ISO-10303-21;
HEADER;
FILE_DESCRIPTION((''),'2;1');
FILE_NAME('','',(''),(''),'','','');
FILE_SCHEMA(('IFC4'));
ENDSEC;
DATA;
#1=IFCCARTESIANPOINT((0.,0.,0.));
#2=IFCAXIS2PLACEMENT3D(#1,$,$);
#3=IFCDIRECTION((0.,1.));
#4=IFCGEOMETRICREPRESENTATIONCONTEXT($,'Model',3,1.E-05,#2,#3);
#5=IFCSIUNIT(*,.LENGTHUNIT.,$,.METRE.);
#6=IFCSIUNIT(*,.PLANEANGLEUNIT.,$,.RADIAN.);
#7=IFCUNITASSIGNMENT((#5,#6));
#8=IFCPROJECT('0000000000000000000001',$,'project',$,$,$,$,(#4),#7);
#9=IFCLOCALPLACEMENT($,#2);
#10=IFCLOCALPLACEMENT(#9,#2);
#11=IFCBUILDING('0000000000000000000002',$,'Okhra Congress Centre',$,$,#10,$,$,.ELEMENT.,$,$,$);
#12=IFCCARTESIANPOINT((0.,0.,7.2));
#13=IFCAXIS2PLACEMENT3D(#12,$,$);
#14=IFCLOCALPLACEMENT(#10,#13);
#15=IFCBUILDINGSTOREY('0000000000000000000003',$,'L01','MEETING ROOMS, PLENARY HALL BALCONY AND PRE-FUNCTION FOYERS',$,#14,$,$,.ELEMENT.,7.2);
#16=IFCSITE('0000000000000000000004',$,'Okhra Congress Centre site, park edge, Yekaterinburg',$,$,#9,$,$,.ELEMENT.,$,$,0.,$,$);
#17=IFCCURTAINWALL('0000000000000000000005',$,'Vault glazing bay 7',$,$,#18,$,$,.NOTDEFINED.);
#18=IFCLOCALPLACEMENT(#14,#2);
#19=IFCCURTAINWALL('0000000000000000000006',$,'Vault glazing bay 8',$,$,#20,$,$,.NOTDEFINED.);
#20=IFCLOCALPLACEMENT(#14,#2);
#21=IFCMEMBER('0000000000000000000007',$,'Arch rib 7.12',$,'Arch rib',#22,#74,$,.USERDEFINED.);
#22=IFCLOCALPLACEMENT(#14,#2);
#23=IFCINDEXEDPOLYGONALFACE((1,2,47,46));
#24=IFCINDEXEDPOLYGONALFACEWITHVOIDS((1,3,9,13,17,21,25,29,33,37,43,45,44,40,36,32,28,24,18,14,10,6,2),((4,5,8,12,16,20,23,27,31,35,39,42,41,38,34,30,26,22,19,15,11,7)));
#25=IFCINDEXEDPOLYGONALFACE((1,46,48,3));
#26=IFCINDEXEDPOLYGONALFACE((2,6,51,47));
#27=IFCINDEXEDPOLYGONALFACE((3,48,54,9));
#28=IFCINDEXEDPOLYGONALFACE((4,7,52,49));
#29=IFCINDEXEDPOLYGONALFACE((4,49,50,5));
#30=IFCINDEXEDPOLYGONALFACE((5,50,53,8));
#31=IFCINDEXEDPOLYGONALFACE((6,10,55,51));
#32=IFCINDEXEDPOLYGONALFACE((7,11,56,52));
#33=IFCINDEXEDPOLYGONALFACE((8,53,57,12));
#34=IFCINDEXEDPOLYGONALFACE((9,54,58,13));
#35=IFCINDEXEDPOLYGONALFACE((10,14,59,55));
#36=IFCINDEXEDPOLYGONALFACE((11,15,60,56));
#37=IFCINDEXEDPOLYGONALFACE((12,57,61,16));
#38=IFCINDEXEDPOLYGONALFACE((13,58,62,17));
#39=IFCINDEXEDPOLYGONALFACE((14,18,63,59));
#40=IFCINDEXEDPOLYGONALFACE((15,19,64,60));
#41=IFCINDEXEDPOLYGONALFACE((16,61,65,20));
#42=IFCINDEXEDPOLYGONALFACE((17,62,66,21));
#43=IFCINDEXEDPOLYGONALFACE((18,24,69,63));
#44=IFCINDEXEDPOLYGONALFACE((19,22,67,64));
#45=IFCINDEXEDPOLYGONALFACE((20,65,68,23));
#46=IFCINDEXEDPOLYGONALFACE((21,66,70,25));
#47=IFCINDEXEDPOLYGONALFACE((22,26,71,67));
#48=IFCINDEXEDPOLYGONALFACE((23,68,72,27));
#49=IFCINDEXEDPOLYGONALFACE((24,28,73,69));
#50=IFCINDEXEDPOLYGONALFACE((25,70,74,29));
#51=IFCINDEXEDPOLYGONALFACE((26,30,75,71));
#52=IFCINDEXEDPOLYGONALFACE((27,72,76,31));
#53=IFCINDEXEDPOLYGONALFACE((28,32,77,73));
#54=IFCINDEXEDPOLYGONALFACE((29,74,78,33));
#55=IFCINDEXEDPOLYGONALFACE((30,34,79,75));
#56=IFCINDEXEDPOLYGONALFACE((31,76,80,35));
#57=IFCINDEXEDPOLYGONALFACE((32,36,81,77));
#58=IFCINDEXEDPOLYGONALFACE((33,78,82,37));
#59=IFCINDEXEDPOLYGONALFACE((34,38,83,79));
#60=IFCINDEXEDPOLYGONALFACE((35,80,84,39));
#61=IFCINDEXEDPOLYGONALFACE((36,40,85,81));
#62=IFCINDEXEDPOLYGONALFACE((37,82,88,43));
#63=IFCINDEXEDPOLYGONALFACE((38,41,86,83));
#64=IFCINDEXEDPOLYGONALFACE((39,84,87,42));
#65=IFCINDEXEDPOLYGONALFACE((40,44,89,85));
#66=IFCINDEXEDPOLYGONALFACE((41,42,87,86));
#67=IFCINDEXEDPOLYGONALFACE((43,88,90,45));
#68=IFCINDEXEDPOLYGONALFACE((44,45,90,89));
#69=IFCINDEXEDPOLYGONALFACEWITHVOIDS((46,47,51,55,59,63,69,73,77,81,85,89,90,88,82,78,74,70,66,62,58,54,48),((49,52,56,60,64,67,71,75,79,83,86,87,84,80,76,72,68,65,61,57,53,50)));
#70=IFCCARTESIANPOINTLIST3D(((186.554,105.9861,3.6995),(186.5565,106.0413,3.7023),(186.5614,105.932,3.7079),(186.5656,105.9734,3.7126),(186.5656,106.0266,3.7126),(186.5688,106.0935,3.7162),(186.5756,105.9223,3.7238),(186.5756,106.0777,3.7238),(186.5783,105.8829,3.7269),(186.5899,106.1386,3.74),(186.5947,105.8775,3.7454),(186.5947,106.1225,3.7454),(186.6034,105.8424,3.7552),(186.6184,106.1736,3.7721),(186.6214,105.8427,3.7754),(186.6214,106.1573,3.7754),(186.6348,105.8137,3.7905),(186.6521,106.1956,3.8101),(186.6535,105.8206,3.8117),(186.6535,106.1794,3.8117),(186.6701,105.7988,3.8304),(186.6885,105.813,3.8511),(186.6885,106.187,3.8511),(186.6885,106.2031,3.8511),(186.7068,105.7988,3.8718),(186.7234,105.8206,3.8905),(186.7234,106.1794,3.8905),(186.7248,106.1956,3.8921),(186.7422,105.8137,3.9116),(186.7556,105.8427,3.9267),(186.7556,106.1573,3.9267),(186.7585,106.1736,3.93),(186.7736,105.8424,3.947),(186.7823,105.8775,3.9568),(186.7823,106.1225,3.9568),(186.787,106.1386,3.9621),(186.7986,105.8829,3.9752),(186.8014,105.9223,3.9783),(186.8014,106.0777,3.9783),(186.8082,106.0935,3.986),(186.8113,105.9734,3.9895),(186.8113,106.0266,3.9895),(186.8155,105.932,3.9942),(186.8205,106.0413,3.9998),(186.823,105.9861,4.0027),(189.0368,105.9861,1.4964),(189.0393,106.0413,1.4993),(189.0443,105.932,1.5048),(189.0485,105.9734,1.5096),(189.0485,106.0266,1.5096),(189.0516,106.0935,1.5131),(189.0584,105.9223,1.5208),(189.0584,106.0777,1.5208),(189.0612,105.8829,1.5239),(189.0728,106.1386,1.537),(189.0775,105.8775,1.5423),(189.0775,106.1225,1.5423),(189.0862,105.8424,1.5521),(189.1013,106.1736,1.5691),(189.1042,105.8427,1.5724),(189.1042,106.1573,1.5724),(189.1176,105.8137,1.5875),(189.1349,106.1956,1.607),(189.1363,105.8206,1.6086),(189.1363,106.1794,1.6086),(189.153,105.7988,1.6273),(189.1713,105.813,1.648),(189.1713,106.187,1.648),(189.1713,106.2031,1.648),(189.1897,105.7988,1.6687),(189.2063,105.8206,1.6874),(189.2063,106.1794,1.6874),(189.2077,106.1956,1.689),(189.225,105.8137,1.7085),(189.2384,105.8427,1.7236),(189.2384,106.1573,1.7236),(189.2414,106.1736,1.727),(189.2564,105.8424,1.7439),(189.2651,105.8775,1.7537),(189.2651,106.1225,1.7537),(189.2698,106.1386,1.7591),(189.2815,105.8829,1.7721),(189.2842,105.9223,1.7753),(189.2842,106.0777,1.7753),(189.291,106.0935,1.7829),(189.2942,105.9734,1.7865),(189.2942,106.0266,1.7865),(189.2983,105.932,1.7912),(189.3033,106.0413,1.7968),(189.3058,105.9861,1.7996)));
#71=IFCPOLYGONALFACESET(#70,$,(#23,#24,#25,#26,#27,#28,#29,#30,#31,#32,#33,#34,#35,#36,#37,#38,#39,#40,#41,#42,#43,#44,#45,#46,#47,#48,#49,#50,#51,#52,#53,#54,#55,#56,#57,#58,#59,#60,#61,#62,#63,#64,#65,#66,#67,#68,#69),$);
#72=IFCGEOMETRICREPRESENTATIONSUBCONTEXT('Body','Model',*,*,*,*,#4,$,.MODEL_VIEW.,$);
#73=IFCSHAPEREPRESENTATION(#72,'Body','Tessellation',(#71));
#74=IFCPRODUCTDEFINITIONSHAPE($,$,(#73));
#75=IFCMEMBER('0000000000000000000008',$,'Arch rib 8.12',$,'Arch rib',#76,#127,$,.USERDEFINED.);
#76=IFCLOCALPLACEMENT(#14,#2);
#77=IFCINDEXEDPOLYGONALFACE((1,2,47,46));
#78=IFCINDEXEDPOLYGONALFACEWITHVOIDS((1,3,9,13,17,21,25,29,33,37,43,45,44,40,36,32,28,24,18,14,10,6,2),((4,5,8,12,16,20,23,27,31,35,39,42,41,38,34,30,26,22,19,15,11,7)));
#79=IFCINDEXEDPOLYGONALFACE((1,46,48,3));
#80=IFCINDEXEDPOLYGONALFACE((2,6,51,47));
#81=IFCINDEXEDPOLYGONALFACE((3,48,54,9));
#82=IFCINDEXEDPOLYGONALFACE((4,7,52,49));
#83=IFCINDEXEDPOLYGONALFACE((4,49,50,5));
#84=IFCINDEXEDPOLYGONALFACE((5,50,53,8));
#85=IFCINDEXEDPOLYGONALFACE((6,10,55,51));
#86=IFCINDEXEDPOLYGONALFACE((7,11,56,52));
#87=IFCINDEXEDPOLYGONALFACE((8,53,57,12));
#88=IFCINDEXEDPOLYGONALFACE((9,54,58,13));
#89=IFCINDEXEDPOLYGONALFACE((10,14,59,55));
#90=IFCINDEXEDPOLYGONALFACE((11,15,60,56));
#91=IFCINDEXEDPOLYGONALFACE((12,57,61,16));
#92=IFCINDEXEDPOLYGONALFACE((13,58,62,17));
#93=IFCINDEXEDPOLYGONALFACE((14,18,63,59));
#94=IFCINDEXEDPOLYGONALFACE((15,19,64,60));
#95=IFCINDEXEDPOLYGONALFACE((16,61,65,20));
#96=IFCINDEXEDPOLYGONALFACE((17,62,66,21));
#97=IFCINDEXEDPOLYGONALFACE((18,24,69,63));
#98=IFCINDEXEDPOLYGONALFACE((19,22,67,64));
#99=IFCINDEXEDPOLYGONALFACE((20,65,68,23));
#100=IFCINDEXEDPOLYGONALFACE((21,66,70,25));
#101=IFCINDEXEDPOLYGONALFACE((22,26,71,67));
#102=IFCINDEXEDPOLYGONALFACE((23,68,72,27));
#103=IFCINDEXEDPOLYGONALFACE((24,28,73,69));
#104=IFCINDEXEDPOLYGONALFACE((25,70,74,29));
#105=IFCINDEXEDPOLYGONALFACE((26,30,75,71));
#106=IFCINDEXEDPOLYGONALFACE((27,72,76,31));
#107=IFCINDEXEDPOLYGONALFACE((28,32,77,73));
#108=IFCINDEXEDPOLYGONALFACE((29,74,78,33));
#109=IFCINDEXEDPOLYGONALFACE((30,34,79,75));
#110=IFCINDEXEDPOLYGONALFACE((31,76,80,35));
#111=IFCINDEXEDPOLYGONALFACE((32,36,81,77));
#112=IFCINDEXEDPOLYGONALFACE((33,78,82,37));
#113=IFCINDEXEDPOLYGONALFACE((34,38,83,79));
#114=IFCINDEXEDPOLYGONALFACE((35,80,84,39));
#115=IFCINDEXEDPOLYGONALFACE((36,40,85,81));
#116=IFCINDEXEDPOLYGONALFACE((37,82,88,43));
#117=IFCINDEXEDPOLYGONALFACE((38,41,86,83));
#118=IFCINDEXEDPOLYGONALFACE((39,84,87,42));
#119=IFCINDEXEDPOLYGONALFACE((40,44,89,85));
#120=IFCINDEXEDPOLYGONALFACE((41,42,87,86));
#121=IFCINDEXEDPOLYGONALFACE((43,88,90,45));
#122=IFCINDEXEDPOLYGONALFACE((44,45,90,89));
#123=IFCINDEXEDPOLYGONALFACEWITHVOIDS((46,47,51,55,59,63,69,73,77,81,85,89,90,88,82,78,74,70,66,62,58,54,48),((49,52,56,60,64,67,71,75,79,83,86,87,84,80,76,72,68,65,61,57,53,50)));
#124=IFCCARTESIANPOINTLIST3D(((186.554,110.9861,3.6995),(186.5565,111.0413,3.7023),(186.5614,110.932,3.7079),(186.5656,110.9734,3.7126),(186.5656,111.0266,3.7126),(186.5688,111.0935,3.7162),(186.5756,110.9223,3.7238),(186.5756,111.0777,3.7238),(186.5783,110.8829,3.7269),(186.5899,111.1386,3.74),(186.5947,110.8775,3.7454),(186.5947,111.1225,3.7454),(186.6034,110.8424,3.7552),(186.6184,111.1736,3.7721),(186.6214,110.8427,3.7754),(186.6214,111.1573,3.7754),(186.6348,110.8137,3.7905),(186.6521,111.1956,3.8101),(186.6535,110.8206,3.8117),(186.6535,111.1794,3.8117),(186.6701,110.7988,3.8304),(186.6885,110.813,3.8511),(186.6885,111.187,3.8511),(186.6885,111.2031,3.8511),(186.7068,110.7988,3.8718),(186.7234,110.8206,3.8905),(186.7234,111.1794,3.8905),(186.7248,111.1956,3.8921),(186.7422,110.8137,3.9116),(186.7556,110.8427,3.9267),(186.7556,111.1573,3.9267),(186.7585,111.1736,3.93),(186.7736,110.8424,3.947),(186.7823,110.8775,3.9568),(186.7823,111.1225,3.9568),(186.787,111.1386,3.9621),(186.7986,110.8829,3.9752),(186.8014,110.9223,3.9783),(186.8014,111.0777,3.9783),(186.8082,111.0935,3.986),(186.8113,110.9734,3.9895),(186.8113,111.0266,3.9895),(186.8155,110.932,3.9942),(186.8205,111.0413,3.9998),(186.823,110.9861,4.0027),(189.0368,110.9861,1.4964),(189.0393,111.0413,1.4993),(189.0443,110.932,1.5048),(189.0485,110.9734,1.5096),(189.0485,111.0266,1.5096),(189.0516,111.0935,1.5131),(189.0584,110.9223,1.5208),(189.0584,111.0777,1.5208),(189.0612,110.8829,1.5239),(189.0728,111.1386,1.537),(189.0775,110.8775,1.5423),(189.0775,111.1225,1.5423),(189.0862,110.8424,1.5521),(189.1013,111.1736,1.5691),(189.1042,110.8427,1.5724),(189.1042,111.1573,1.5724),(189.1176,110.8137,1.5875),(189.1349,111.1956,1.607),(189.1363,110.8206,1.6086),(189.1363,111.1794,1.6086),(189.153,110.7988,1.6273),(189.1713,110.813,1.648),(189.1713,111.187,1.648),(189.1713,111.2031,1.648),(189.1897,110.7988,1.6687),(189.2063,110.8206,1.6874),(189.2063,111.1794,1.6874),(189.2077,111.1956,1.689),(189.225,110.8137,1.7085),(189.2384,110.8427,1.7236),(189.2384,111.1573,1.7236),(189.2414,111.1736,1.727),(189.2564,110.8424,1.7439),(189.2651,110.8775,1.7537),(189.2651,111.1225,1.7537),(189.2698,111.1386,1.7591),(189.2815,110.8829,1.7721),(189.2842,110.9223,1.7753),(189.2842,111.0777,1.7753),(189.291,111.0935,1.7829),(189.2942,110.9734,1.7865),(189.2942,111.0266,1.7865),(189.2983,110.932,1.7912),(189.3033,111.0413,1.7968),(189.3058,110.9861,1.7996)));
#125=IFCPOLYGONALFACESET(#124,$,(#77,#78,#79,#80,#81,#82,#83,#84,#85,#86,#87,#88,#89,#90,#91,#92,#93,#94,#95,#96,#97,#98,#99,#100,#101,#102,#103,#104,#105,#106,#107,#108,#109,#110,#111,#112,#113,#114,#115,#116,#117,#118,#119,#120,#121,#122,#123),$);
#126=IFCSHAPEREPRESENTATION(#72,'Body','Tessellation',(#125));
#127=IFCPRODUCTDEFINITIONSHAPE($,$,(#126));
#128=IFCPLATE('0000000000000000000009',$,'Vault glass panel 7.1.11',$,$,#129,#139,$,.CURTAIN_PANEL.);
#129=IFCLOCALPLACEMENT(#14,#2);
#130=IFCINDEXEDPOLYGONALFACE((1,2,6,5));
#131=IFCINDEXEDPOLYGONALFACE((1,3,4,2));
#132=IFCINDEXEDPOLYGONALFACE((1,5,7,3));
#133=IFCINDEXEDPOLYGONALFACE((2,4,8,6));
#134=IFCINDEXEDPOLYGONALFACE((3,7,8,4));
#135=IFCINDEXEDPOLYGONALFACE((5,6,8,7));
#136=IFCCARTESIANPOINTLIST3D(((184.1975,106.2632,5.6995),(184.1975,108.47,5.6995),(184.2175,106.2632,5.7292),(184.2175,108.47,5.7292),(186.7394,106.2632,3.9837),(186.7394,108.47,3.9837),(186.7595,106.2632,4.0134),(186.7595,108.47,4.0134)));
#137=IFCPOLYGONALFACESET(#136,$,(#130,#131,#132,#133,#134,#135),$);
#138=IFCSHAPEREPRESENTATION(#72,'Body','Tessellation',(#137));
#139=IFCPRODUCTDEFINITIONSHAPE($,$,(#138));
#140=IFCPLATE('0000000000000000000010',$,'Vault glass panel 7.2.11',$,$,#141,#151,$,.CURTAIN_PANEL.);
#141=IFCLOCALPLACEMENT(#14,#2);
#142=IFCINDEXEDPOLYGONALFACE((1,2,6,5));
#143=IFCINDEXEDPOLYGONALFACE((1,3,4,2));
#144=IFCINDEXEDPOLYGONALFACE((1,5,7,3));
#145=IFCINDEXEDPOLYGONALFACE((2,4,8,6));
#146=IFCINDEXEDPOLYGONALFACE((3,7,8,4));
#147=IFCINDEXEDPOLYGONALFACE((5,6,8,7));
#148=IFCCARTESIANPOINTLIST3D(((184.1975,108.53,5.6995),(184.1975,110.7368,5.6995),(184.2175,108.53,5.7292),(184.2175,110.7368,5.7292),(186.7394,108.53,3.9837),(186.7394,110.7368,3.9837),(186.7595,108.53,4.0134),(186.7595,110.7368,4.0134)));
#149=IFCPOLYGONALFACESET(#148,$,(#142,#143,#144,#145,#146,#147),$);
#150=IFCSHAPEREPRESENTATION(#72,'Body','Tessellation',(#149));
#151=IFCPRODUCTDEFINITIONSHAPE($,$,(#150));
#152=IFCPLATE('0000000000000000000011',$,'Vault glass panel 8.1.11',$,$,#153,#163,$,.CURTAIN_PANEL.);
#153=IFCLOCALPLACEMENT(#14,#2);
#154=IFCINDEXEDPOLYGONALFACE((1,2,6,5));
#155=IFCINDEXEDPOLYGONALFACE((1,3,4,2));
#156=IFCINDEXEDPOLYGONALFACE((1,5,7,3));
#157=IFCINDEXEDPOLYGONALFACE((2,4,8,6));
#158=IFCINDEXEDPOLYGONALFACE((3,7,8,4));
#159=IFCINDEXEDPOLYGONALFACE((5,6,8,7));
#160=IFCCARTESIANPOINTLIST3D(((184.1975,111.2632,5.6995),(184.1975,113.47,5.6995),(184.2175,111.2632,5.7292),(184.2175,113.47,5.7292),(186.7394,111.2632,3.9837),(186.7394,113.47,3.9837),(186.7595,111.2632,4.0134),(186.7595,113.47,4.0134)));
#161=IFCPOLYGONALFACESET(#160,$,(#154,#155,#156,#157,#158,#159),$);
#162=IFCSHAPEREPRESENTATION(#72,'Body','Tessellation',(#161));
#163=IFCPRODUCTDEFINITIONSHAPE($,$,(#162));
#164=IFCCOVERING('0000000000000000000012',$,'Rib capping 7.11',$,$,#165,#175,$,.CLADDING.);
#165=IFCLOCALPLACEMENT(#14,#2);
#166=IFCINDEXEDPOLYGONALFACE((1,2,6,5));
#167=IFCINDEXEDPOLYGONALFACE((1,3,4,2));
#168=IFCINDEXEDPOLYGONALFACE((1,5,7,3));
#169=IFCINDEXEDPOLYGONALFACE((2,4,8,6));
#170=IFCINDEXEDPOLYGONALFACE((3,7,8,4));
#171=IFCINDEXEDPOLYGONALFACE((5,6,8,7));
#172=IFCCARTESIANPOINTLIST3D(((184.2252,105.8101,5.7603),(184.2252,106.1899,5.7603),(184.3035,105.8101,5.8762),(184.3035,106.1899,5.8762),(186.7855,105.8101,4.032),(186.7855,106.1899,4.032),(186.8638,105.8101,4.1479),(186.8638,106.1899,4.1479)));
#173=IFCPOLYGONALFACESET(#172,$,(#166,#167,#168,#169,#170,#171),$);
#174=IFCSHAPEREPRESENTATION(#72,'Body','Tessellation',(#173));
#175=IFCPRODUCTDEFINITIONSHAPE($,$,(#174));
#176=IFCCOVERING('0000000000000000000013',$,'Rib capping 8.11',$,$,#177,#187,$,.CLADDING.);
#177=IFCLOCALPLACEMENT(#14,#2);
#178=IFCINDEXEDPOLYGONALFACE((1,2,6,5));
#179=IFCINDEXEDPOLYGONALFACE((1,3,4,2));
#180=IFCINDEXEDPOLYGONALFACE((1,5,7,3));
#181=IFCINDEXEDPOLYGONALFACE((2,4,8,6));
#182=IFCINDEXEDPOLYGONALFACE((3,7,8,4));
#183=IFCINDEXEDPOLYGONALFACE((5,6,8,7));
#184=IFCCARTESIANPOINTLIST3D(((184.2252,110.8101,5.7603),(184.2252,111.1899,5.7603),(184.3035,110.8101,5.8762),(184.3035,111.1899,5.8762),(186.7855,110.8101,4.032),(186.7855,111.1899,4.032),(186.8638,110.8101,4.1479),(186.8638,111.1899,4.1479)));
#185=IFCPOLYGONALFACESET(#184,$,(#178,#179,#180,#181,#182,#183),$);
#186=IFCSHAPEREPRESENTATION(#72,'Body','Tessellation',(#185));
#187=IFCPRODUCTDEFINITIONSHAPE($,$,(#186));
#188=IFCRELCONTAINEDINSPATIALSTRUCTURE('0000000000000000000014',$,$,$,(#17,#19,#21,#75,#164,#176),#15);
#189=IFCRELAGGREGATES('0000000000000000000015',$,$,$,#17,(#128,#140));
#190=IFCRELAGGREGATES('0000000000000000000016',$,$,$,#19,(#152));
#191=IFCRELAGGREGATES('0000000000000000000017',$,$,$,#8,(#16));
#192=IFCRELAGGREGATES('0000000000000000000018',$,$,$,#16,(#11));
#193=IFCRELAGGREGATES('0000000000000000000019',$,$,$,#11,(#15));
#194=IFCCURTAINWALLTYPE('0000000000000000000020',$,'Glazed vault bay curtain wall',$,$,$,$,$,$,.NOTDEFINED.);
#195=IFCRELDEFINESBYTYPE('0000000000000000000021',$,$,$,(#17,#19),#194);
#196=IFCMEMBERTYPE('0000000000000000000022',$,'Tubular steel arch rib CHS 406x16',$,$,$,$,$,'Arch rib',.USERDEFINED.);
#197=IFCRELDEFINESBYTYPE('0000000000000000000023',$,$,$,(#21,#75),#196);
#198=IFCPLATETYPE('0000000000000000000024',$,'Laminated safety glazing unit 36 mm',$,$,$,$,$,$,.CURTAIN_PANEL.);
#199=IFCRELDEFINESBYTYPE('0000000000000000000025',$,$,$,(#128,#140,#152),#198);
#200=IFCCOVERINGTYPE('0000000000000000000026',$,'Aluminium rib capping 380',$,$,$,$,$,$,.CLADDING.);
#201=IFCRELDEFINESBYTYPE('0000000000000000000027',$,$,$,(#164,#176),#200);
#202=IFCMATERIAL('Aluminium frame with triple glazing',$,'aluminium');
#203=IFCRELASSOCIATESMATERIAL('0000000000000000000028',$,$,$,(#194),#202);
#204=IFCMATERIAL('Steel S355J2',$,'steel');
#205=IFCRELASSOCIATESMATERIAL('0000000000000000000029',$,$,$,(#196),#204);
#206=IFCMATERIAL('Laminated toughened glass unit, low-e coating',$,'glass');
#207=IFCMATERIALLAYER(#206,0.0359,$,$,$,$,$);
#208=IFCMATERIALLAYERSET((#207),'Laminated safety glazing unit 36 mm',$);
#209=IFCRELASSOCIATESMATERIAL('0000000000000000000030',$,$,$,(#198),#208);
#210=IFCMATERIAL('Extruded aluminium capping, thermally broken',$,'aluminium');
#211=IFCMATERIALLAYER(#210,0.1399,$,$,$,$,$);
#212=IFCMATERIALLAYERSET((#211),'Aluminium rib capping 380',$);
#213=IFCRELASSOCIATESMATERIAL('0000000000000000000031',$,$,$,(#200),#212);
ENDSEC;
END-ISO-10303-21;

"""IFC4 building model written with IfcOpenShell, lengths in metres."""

from ifc_helpers import new_model, si_unit, direction, frame, origin, origin_2d, place, context, subcontext, project, spatial, polyline, hollow_circle, outline, extrude, material, layer, layer_set, material_profile, profile_set, type_object, element, aggregate, save


model = new_model("IFC4")

# Units and contexts
model_context = context("Model", 3, precision=1e-05, world=origin(), true_north=direction((0.0, 1.0)))
body_context = subcontext(model_context, "Body", "Model", "MODEL_VIEW")
ifc_project = project(units=[si_unit("LENGTHUNIT", "METRE"), si_unit("PLANEANGLEUNIT", "RADIAN")], contexts=[model_context])

# Site, building, storey
site_placement = place(None, origin())
site = spatial("IfcSite", under=ifc_project, at=site_placement, Name="Okhra Congress Centre site, park edge, Yekaterinburg", CompositionType="ELEMENT", RefElevation=0.0)
building_placement = place(site_placement, origin())
building = spatial("IfcBuilding", under=site, at=building_placement, Name="Okhra Congress Centre", CompositionType="ELEMENT")
storey_placement = place(building_placement, frame((0.0, 0.0, 7.2)))
storey = spatial("IfcBuildingStorey", under=building, at=storey_placement, Name="L01", Description="MEETING ROOMS, PLENARY HALL BALCONY AND PRE-FUNCTION FOYERS", CompositionType="ELEMENT", Elevation=7.2)

# Shared definitions
ifc_material_1 = material(Name="Aluminium frame with triple glazing", Category="aluminium")
curtain_wall_type = type_object("IfcCurtainWallType", Name="Glazed vault bay curtain wall", PredefinedType="NOTDEFINED", material=ifc_material_1)

# Curtain walls
curtain_wall_1_placement = place(storey_placement, origin())
curtain_wall_1 = element("IfcCurtainWall", 1, at=curtain_wall_1_placement, inside=storey, type_object=curtain_wall_type, Name="Vault glazing bay 7", PredefinedType="NOTDEFINED")
curtain_wall_2_placement = place(storey_placement, origin())
curtain_wall_2 = element("IfcCurtainWall", 2, at=curtain_wall_2_placement, inside=storey, type_object=curtain_wall_type, Name="Vault glazing bay 8", PredefinedType="NOTDEFINED")

# Members
ifc_material_2 = material(Name="Steel S355J2", Category="steel")
ifc_material_profile_1 = material_profile(ifc_material_2, hollow_circle(Radius=0.2031, WallThickness=0.0161, at=origin_2d()), Name="CHS 406.4x16")
ifc_profile_set_1 = profile_set([ifc_material_profile_1], Name="Steel S355J2")
member_type_1 = type_object("IfcMemberType", Name="Tubular steel arch rib CHS 406x16", ElementType="Arch rib", PredefinedType="USERDEFINED", material=ifc_profile_set_1)
for number, where, z_axis, x_axis, name in (
    (3, (186.6885, 106.0, 3.8511), (0.747993, 0.0, -0.663706), (0.0, 1.0, 0.0), "Arch rib 7.12"),
    (4, (186.6885, 111.0, 3.8511), (0.747993, 0.0, -0.663706), (0.0, 1.0, 0.0), "Arch rib 8.12"),
):
    element("IfcMember", number, at=place(storey_placement, frame(where, z_axis=z_axis, x_axis=x_axis)), inside=storey, type_object=member_type_1, Name=name, ObjectType="Arch rib", PredefinedType="USERDEFINED", context=body_context, shape_type="SweptSolid", body=[
        extrude(hollow_circle(Radius=0.2031, WallThickness=0.0161, at=origin_2d()), origin(), (0.0, 0.0, 1.0), 3.3193),
    ])

# Plates
ifc_material_3 = material(Name="Laminated toughened glass unit, low-e coating", Category="glass")
ifc_layer_1 = layer(ifc_material_3, 0.0359)
ifc_layer_set_1 = layer_set([ifc_layer_1], Name="Laminated safety glazing unit 36 mm")
plate_type = type_object("IfcPlateType", Name="Laminated safety glazing unit 36 mm", PredefinedType="CURTAIN_PANEL", material=ifc_layer_set_1)
plate_1_placement = place(storey_placement, frame((184.2175, 106.2632, 5.7292), z_axis=(0.559467, 0.0, 0.828852), x_axis=(0.828852, 0.0, -0.559467)))
plate_1 = element("IfcPlate", 5, at=plate_1_placement, type_object=plate_type, Name="Vault glass panel 7.1.11", PredefinedType="CURTAIN_PANEL", context=body_context, shape_type="SweptSolid", body=[
    extrude(outline(polyline([(0.0, 0.0), (3.0669, 0.0), (3.0669, 2.2068), (0.0, 2.2068), (0.0, 0.0)])), origin(), (0.0, 0.0, -1.0), 0.0359),
])
plate_2_placement = place(storey_placement, frame((184.2175, 108.53, 5.7292), z_axis=(0.559467, 0.0, 0.828852), x_axis=(0.828852, 0.0, -0.559467)))
plate_2 = element("IfcPlate", 6, at=plate_2_placement, type_object=plate_type, Name="Vault glass panel 7.2.11", PredefinedType="CURTAIN_PANEL", context=body_context, shape_type="SweptSolid", body=[
    extrude(outline(polyline([(0.0, 0.0), (3.0669, 0.0), (3.0669, 2.2068), (0.0, 2.2068), (0.0, 0.0)])), origin(), (0.0, 0.0, -1.0), 0.0359),
])
aggregate(curtain_wall_1, [plate_1, plate_2])
plate_3_placement = place(storey_placement, frame((184.2175, 111.2632, 5.7292), z_axis=(0.559467, 0.0, 0.828852), x_axis=(0.828852, 0.0, -0.559467)))
plate_3 = element("IfcPlate", 7, at=plate_3_placement, type_object=plate_type, Name="Vault glass panel 8.1.11", PredefinedType="CURTAIN_PANEL", context=body_context, shape_type="SweptSolid", body=[
    extrude(outline(polyline([(0.0, 0.0), (3.0669, 0.0), (3.0669, 2.2068), (0.0, 2.2068), (0.0, 0.0)])), origin(), (0.0, 0.0, -1.0), 0.0359),
])
aggregate(curtain_wall_2, [plate_3])

# Coverings
ifc_material_4 = material(Name="Extruded aluminium capping, thermally broken", Category="aluminium")
ifc_layer_2 = layer(ifc_material_4, 0.1399)
ifc_layer_set_2 = layer_set([ifc_layer_2], Name="Aluminium rib capping 380")
covering_type = type_object("IfcCoveringType", Name="Aluminium rib capping 380", PredefinedType="CLADDING", material=ifc_layer_set_2)
for number, where, z_axis, x_axis, name in (
    (8, (184.3035, 105.8101, 5.8762), (0.559488, 0.0, 0.828839), (0.828839, 0.0, -0.559488), "Rib capping 7.11"),
    (9, (184.3035, 110.8101, 5.8762), (0.559488, 0.0, 0.828839), (0.828839, 0.0, -0.559488), "Rib capping 8.11"),
):
    element("IfcCovering", number, at=place(storey_placement, frame(where, z_axis=z_axis, x_axis=x_axis)), inside=storey, type_object=covering_type, Name=name, PredefinedType="CLADDING", context=body_context, shape_type="SweptSolid", body=[
        extrude(outline(polyline([(0.0, 0.0), (3.089, 0.0), (3.089, 0.3799), (0.0, 0.3799), (0.0, 0.0)])), origin(), (0.0, 0.0, -1.0), 0.1399),
    ])

save(model, "model.ifc")
